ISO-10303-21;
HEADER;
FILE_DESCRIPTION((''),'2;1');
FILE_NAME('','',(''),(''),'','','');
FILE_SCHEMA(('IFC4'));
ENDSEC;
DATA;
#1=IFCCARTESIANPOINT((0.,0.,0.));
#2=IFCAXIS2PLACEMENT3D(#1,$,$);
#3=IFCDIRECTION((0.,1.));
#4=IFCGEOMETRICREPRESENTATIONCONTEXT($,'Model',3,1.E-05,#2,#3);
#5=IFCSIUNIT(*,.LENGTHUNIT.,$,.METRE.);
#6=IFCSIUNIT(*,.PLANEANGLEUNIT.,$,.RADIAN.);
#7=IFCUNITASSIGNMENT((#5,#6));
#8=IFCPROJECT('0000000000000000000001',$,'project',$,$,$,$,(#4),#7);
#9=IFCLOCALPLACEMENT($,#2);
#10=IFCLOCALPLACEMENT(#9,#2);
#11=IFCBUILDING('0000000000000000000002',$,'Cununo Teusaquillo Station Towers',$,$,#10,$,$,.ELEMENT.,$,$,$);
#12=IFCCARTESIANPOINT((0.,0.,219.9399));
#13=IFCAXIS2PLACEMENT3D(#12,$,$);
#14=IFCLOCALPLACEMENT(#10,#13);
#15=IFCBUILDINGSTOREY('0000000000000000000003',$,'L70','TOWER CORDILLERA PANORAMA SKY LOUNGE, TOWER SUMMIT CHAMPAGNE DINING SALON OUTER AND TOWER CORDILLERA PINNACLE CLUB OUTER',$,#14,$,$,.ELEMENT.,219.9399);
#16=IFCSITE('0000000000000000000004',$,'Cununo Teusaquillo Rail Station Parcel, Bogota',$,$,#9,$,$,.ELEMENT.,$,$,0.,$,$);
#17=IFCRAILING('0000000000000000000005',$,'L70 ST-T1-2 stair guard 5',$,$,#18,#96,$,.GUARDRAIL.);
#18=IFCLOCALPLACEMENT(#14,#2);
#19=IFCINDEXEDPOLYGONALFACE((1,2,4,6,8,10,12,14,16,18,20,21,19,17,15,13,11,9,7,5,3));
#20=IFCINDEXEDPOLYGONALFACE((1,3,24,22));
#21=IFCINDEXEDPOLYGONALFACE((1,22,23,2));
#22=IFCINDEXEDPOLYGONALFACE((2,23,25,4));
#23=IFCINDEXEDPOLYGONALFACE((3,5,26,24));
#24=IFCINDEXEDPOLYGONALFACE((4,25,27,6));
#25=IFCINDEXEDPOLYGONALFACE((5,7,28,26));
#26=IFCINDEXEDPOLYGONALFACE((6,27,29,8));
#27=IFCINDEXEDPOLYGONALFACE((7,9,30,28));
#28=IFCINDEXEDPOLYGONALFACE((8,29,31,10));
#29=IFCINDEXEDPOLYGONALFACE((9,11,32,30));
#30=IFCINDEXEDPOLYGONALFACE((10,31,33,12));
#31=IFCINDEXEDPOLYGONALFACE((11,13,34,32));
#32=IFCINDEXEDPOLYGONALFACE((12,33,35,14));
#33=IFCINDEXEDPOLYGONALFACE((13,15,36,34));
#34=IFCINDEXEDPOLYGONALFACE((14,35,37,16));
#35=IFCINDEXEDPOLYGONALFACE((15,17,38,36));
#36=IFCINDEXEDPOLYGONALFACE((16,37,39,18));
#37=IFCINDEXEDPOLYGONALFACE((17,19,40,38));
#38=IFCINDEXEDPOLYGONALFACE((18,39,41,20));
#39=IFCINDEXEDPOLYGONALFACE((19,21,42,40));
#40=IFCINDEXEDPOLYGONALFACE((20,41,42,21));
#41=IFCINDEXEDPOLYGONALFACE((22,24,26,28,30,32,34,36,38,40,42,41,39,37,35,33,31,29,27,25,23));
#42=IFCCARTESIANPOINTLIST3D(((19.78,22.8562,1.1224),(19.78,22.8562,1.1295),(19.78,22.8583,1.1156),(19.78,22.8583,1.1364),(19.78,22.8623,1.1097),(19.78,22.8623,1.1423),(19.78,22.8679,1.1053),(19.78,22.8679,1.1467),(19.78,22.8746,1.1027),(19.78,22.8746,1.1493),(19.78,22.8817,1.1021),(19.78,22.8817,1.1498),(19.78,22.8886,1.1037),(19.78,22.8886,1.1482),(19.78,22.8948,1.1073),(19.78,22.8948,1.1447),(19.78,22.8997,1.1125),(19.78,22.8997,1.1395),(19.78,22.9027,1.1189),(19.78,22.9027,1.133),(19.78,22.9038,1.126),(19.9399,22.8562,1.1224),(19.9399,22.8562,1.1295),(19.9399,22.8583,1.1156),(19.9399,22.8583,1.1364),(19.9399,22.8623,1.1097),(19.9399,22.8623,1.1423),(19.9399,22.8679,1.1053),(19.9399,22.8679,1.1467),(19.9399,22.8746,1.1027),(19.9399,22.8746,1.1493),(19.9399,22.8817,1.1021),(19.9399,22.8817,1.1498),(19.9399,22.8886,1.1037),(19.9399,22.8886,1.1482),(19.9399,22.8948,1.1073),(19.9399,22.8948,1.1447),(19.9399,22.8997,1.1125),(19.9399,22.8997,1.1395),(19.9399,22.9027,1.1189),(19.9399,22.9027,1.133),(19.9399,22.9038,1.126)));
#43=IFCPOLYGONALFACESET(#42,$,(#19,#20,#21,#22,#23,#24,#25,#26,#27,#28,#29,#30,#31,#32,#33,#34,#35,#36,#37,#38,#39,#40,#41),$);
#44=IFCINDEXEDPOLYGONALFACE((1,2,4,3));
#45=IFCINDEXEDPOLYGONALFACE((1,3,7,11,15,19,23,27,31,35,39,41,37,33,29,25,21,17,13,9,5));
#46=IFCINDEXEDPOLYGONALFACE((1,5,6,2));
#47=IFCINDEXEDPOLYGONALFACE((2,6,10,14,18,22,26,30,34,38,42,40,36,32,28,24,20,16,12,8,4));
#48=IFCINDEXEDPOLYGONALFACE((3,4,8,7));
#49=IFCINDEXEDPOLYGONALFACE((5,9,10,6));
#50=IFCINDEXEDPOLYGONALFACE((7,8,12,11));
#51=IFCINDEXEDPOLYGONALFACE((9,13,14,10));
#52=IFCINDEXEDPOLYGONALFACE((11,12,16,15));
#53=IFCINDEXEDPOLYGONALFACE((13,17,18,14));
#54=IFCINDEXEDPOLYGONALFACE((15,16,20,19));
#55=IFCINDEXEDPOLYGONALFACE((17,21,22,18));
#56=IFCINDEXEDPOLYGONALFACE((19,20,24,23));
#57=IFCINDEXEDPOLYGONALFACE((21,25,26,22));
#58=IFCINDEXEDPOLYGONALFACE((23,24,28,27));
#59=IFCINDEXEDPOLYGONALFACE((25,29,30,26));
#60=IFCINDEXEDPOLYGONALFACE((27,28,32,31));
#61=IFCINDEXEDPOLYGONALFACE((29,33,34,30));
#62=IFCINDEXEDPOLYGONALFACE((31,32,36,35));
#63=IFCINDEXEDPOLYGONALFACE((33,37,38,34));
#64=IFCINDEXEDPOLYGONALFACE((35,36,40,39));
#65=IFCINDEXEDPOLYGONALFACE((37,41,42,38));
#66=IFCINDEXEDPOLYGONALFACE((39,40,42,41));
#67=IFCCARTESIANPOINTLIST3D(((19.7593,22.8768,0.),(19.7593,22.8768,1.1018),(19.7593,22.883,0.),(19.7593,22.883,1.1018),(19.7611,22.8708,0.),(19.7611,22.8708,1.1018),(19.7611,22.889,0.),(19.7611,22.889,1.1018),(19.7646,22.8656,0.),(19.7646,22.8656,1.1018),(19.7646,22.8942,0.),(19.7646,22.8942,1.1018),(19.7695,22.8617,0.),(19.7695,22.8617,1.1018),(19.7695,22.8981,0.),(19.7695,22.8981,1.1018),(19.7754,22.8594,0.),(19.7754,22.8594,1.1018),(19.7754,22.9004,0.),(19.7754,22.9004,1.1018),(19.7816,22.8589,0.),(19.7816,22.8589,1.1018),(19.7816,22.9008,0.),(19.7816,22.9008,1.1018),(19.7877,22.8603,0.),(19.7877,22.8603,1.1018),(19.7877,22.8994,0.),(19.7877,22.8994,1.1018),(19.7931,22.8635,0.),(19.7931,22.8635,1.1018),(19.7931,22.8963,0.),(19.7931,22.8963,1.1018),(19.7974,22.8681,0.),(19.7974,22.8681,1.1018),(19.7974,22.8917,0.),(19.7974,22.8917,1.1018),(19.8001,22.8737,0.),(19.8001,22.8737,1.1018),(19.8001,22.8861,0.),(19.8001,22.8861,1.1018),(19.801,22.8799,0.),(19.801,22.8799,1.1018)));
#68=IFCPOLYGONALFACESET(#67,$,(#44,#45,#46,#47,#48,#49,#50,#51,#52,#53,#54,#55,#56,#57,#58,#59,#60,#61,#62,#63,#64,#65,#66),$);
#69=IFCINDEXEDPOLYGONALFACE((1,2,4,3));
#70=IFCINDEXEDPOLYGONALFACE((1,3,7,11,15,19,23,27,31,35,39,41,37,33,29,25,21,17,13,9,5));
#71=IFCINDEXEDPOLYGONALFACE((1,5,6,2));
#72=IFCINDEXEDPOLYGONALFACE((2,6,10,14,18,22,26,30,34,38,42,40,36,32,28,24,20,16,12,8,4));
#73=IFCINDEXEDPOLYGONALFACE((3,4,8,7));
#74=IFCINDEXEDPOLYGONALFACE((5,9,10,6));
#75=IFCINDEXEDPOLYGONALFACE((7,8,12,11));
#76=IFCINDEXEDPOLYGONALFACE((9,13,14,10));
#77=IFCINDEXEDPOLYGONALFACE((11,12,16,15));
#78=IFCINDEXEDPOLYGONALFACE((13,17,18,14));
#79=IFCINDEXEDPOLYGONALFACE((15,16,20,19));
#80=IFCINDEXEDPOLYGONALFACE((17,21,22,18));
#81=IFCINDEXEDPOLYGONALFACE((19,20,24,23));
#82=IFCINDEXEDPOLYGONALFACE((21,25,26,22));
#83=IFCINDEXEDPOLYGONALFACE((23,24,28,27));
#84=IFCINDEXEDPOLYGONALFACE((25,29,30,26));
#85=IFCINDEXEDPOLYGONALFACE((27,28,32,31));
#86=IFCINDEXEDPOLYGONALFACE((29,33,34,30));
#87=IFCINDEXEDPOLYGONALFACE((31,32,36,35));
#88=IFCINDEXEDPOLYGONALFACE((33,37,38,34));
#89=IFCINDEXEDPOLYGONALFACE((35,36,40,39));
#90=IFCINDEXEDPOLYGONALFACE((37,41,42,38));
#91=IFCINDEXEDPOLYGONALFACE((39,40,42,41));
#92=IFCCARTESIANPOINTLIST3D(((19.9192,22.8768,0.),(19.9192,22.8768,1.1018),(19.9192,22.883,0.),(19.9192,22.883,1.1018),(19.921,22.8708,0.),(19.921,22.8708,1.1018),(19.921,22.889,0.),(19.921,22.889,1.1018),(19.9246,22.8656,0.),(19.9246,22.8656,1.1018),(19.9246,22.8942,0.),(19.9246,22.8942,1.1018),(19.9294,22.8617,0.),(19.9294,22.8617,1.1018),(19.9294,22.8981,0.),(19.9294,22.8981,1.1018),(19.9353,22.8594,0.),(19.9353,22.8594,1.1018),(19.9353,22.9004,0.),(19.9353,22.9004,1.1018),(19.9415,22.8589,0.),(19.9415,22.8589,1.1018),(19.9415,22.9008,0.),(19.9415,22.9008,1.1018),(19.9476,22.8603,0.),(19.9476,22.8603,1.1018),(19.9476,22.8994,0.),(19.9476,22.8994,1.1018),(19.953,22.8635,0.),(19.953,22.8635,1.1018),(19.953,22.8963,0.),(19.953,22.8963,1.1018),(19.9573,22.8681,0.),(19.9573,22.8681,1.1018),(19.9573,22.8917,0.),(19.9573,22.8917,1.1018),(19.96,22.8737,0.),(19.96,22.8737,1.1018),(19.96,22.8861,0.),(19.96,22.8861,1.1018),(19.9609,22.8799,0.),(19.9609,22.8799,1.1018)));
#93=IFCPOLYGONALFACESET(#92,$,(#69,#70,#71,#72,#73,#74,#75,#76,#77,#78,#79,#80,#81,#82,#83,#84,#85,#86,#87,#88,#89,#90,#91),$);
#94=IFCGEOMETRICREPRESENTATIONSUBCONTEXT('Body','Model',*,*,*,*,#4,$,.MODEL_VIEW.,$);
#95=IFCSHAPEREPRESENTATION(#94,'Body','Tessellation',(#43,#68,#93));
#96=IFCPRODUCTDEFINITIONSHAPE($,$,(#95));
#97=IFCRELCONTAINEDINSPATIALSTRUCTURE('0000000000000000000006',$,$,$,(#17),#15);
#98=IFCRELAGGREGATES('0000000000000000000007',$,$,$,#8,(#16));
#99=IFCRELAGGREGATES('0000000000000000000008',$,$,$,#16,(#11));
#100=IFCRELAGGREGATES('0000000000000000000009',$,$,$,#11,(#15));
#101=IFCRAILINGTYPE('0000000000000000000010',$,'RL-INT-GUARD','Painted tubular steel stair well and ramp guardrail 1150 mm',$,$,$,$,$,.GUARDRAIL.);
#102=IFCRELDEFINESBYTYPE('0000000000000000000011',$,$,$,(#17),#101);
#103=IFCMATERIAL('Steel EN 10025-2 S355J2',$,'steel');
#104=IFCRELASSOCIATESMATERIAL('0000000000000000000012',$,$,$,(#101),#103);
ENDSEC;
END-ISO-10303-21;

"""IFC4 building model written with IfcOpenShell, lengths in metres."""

from ifc_helpers import new_model, si_unit, direction, frame, origin, origin_2d, place, context, subcontext, project, spatial, circle, extrude, material, type_object, element, save


model = new_model("IFC4")

# Units and contexts
model_context = context("Model", 3, precision=1e-05, world=origin(), true_north=direction((0.0, 1.0)))
body_context = subcontext(model_context, "Body", "Model", "MODEL_VIEW")
ifc_project = project(units=[si_unit("LENGTHUNIT", "METRE"), si_unit("PLANEANGLEUNIT", "RADIAN")], contexts=[model_context])

# Site, building, storey
site_placement = place(None, origin())
site = spatial("IfcSite", under=ifc_project, at=site_placement, Name="Cununo Teusaquillo Rail Station Parcel, Bogota", CompositionType="ELEMENT", RefElevation=0.0)
building_placement = place(site_placement, origin())
building = spatial("IfcBuilding", under=site, at=building_placement, Name="Cununo Teusaquillo Station Towers", CompositionType="ELEMENT")
storey_placement = place(building_placement, frame((0.0, 0.0, 219.9399)))
storey = spatial("IfcBuildingStorey", under=building, at=storey_placement, Name="L70", Description="TOWER CORDILLERA PANORAMA SKY LOUNGE, TOWER SUMMIT CHAMPAGNE DINING SALON OUTER AND TOWER CORDILLERA PINNACLE CLUB OUTER", CompositionType="ELEMENT", Elevation=219.9399)

# Railing
ifc_material_1 = material(Name="Steel EN 10025-2 S355J2", Category="steel")
railing_type_1 = type_object("IfcRailingType", Name="RL-INT-GUARD", Description="Painted tubular steel stair well and ramp guardrail 1150 mm", PredefinedType="GUARDRAIL", material=ifc_material_1)
railing_1_placement = place(storey_placement, frame((19.78, 22.8799, 0.0)))
element("IfcRailing", 1, at=railing_1_placement, inside=storey, type_object=railing_type_1, Name="L70 ST-T1-2 stair guard 5", PredefinedType="GUARDRAIL", context=body_context, shape_type="SweptSolid", body=[
    extrude(circle(Radius=0.0239, at=origin_2d()), frame((0.0, 0.0, 1.126), z_axis=(1.0, 0.0, 0.0), x_axis=(0.0, 1.0, 0.0)), (0.0, 0.0, 1.0), 0.1599),
    extrude(circle(Radius=0.021, at=origin_2d()), origin(), (0.0, 0.0, 1.0), 1.1018),
    extrude(circle(Radius=0.021, at=origin_2d()), frame((0.1599, 0.0, 0.0)), (0.0, 0.0, 1.0), 1.1018),
])

save(model, "model.ifc")
